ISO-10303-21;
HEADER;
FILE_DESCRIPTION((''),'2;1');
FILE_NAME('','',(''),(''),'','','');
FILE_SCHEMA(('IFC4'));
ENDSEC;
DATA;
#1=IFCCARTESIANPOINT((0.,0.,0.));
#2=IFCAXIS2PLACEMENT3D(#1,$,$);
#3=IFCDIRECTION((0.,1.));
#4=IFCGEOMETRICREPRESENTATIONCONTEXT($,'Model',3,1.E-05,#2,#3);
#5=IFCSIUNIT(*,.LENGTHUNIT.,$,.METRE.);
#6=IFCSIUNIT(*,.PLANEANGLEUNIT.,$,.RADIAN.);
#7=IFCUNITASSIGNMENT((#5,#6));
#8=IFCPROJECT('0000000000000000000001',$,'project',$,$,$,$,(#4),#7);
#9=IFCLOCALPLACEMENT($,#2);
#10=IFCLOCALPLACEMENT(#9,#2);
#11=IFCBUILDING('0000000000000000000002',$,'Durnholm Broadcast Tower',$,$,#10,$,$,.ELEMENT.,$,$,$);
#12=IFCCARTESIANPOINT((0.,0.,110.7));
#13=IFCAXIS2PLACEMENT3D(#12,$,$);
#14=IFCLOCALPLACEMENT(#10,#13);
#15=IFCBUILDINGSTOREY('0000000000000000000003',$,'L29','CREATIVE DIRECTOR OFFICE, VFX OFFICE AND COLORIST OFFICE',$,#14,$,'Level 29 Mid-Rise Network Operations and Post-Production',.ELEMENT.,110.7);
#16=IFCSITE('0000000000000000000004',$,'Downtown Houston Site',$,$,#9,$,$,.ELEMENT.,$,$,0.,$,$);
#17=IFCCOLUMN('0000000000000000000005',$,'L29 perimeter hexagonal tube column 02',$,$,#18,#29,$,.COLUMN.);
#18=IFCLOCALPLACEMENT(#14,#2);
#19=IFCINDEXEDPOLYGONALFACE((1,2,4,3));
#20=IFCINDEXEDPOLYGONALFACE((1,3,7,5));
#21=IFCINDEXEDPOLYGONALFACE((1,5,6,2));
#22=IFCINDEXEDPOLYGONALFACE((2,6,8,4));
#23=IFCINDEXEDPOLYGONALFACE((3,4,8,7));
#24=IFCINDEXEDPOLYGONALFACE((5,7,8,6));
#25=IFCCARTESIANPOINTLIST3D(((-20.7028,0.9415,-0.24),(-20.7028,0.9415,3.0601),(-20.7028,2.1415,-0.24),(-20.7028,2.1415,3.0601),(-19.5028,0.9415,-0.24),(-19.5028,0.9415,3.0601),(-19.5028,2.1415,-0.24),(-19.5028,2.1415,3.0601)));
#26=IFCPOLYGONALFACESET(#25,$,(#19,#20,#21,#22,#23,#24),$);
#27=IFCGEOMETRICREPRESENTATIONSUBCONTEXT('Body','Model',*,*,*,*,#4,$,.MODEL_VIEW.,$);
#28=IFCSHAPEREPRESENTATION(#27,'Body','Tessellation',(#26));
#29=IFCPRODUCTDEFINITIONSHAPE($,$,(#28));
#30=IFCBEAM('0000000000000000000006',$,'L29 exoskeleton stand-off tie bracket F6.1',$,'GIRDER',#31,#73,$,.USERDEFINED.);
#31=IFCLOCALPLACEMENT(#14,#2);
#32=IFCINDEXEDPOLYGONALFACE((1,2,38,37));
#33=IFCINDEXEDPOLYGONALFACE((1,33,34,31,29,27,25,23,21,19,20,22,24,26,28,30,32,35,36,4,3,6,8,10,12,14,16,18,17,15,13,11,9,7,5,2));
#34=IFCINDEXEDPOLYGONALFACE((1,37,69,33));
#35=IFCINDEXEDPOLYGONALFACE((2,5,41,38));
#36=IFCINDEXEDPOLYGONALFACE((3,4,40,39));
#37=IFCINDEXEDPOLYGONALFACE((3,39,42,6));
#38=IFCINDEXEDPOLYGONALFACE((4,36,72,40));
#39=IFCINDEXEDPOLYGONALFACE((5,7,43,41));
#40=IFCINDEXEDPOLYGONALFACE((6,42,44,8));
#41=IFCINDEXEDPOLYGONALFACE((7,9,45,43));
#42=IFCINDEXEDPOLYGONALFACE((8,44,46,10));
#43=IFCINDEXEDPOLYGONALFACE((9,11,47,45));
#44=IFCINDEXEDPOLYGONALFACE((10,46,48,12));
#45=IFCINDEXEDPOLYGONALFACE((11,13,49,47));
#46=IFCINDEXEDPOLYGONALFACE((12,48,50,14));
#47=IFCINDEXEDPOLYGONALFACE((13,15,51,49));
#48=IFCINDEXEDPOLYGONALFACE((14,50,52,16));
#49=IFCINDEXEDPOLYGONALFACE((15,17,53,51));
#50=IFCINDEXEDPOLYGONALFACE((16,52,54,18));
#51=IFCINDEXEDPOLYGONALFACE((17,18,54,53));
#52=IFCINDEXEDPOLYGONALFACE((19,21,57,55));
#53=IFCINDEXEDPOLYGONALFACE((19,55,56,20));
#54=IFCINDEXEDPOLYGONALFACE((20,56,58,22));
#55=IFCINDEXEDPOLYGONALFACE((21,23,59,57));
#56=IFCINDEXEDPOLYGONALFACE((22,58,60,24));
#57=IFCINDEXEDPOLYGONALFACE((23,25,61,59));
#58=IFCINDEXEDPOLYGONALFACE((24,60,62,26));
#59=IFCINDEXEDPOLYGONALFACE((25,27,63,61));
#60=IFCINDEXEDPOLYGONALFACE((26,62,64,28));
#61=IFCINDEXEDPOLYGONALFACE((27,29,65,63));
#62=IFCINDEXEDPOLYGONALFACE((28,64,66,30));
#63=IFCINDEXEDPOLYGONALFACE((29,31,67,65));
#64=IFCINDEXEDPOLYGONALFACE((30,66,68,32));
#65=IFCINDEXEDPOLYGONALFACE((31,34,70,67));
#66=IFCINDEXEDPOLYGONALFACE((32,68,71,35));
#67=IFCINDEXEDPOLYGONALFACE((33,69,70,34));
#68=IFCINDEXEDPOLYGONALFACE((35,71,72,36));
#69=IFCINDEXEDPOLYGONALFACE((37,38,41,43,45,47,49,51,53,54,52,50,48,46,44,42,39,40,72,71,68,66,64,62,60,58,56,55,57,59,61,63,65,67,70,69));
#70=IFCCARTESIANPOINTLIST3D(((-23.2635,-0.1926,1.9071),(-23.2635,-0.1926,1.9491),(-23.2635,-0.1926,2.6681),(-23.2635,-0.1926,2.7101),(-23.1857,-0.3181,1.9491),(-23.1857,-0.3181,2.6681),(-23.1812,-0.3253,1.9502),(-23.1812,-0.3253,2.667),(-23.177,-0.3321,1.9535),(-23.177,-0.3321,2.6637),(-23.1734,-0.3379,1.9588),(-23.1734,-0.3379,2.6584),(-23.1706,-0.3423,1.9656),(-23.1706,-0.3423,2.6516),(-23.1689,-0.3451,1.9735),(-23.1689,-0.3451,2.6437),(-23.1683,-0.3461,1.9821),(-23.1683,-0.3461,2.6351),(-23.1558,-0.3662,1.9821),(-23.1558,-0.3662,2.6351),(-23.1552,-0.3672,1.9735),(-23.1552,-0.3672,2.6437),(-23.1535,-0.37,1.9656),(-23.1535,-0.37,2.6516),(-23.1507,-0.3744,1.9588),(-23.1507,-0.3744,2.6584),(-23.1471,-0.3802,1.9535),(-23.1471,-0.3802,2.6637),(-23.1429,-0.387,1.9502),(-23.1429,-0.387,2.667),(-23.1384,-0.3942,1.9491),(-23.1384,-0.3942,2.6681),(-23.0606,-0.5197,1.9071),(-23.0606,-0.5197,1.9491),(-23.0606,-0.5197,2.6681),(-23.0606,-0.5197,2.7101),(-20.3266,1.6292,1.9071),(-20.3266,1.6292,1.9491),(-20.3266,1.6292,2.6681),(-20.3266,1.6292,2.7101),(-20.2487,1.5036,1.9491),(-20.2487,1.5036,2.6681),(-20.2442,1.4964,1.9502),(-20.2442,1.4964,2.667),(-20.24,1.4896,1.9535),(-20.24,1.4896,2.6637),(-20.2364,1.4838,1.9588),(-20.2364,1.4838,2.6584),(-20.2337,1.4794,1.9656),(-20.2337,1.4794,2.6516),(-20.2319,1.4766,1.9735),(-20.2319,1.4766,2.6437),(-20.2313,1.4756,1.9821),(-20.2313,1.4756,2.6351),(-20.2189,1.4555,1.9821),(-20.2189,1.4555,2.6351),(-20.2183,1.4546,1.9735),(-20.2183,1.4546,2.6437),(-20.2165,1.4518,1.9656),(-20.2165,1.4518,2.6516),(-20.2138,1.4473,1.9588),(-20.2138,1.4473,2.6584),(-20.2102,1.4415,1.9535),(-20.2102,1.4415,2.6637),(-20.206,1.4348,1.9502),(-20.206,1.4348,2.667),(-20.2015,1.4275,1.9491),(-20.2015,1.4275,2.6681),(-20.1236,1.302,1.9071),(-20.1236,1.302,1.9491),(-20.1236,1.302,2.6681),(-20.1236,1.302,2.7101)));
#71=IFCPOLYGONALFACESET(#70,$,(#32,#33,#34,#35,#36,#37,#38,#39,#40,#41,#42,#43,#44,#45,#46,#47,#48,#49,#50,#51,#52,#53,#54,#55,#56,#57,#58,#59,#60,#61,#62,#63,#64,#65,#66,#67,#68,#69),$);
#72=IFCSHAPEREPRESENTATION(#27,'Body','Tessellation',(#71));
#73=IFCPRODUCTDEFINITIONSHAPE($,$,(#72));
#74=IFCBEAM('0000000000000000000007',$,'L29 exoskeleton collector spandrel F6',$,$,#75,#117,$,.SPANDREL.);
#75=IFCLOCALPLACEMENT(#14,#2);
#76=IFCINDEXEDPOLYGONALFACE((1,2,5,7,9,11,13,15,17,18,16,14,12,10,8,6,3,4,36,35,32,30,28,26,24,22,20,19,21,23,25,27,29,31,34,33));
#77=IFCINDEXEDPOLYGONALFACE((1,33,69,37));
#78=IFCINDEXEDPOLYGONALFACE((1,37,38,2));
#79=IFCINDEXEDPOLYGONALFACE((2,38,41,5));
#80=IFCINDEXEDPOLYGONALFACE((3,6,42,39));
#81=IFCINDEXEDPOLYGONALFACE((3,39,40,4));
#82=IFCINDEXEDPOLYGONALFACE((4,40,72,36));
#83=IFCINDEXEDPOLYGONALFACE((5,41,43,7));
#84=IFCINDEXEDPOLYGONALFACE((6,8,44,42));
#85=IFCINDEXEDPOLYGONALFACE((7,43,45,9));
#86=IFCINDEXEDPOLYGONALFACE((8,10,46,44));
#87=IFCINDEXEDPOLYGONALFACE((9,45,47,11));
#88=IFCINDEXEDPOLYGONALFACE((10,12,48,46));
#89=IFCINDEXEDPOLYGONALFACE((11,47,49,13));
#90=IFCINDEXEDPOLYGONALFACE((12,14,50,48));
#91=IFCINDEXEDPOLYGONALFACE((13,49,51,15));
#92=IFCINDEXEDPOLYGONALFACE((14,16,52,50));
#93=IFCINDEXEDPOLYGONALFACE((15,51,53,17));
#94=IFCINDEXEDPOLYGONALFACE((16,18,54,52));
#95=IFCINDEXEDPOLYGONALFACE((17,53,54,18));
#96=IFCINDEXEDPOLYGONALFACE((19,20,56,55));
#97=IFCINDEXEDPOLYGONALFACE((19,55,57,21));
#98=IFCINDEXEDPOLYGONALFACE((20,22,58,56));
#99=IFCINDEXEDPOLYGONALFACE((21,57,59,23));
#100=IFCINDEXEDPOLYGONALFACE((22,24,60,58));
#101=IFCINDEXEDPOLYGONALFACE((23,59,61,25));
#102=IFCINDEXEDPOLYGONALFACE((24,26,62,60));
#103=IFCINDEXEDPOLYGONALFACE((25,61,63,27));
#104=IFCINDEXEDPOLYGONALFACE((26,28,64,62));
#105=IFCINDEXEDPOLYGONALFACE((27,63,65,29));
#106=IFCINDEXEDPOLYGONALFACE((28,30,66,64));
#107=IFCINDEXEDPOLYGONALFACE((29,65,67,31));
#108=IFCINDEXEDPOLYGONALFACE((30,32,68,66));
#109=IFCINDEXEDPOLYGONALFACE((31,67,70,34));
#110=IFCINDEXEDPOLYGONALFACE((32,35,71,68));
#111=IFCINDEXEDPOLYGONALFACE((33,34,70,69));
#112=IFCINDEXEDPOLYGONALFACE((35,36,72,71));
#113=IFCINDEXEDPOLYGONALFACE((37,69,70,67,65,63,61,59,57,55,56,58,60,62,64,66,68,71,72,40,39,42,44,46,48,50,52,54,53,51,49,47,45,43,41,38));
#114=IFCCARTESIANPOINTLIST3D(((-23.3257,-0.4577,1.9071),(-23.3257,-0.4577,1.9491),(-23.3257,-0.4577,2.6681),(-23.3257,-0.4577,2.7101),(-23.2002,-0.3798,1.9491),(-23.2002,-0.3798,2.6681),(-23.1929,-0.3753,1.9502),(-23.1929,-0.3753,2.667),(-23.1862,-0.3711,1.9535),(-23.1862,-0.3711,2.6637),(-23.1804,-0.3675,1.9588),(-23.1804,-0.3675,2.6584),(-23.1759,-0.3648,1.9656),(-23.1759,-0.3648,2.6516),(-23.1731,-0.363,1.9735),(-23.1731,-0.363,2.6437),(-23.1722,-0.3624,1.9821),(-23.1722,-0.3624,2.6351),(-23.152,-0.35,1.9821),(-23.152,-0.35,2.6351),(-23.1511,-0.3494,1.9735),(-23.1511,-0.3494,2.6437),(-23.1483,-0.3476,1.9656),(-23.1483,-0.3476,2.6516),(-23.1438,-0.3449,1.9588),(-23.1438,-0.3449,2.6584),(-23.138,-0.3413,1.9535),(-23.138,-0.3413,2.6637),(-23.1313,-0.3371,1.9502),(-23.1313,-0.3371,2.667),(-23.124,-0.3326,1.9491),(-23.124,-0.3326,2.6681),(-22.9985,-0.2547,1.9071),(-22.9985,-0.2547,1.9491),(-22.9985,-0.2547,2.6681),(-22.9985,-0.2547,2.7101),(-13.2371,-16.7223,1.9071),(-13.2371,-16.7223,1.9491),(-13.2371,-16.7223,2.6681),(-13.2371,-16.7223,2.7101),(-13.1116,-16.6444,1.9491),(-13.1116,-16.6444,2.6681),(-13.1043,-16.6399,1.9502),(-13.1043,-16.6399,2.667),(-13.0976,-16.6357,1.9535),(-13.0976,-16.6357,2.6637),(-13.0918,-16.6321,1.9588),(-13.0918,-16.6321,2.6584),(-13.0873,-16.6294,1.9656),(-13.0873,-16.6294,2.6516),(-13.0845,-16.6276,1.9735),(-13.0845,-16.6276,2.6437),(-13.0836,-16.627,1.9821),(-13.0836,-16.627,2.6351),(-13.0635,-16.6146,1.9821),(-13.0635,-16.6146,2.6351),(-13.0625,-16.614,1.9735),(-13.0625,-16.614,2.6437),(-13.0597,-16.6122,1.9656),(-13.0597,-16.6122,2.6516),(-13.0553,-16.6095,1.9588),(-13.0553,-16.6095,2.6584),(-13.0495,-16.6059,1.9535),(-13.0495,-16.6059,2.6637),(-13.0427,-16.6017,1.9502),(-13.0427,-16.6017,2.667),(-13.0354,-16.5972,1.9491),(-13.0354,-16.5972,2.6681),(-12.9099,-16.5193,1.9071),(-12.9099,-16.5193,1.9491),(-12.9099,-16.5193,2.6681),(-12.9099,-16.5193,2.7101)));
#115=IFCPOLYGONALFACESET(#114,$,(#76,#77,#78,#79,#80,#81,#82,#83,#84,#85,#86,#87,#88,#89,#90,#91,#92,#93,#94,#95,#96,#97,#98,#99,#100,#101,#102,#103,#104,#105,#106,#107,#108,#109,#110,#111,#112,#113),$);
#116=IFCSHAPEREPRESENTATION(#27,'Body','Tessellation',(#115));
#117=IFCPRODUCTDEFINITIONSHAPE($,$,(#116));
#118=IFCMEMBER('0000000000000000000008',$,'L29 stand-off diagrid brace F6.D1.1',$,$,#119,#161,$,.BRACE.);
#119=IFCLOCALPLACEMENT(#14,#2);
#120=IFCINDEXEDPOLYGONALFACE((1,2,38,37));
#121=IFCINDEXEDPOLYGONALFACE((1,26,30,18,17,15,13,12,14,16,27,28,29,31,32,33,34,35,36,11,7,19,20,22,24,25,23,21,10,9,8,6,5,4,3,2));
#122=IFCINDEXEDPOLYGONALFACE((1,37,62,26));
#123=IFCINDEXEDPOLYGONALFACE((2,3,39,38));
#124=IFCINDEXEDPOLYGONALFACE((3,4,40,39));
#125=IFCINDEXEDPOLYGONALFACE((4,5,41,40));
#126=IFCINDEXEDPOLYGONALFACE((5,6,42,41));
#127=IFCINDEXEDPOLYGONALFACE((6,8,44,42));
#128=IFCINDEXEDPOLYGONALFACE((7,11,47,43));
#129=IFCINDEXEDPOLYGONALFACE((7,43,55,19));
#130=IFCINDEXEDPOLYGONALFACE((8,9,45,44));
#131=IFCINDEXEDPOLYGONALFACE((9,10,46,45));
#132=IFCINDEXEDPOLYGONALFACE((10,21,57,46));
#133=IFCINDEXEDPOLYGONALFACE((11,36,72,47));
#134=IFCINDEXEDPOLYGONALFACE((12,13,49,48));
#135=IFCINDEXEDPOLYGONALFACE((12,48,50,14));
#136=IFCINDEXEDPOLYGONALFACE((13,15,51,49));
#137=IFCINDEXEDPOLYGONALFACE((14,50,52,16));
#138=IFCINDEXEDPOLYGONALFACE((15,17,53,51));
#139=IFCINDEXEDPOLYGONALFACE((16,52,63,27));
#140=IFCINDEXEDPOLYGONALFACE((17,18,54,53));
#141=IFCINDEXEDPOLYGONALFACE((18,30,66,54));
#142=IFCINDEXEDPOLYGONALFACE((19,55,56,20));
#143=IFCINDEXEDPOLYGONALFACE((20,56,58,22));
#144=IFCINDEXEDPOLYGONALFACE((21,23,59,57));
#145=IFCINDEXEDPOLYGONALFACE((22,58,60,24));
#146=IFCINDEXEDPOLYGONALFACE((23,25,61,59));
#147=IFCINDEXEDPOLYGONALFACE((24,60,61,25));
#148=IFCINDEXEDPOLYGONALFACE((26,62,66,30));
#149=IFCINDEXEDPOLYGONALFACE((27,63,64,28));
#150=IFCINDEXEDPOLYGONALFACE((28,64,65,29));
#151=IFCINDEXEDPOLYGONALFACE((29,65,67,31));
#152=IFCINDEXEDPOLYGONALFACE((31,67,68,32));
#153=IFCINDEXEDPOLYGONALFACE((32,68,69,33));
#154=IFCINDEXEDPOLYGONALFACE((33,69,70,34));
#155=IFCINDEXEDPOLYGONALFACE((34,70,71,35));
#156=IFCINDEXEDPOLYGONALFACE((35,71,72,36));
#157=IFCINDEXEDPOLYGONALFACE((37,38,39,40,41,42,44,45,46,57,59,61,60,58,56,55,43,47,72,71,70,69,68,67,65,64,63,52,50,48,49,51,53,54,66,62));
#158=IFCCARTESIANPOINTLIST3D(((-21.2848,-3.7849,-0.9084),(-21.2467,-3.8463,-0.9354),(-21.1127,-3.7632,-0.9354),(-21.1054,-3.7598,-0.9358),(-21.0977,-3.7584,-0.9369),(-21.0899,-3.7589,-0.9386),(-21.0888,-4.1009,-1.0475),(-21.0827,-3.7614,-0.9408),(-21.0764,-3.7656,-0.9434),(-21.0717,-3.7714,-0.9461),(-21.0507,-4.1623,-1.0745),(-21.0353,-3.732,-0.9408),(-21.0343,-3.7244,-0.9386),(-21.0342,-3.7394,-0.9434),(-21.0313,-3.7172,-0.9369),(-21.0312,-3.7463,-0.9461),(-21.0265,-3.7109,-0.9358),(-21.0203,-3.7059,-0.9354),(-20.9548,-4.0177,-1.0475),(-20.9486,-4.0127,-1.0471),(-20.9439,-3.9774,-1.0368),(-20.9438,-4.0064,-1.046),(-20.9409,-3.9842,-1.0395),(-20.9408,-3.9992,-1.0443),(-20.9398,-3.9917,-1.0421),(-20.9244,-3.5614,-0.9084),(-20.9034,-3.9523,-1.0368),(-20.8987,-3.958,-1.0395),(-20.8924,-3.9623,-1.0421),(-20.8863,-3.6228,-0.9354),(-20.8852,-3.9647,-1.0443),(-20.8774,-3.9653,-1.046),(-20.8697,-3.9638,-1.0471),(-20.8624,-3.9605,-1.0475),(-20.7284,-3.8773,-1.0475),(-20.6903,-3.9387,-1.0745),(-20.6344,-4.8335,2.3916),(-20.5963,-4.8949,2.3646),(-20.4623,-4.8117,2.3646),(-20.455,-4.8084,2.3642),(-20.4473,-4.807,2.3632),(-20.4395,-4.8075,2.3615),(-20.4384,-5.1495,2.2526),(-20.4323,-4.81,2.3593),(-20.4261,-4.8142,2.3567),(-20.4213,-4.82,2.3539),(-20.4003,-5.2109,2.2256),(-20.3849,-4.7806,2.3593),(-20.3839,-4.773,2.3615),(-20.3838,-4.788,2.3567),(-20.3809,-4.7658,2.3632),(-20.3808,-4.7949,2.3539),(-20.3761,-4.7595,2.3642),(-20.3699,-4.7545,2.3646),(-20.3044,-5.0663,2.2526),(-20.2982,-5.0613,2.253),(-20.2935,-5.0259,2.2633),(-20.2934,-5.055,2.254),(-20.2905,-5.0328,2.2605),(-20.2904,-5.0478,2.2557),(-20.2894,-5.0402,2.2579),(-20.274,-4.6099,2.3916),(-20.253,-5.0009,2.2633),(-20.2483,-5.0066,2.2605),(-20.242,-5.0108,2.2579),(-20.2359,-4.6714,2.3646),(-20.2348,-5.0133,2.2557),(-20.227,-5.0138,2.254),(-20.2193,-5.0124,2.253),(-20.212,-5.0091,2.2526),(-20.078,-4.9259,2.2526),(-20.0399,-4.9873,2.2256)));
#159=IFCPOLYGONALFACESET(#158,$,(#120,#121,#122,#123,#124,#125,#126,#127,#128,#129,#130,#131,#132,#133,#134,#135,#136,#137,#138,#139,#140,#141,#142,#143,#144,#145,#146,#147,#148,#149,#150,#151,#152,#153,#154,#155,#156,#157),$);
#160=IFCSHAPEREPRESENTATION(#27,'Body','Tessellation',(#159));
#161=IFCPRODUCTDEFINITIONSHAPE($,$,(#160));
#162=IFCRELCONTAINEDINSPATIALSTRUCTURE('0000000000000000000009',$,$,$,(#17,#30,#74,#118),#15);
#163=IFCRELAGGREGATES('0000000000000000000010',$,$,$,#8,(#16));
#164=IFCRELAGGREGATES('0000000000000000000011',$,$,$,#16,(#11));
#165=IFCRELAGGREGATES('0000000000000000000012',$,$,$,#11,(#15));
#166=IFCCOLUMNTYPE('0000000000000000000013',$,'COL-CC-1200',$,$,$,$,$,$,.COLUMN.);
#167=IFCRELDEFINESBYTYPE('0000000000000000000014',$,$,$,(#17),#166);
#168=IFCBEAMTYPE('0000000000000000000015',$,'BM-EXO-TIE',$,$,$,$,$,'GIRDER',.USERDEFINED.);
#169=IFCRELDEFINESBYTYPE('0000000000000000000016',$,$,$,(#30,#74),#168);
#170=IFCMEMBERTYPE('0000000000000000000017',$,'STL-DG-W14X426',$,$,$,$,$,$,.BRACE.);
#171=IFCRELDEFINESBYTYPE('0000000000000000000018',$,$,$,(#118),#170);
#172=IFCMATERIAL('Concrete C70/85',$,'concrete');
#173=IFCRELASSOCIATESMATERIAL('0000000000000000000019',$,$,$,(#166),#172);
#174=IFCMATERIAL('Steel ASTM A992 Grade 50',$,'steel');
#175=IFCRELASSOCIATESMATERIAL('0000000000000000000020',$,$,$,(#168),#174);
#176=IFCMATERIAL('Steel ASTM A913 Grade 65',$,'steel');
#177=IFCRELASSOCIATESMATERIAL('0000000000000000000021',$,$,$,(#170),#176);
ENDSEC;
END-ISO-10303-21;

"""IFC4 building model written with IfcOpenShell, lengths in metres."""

from ifc_helpers import new_model, si_unit, direction, frame, origin, origin_2d, place, context, subcontext, project, spatial, rectangle, i_section, extrude, source, transform, mapped, material, material_profile, profile_set, type_object, type_shapes, element, save


model = new_model("IFC4")

# Units and contexts
model_context = context("Model", 3, precision=1e-05, world=origin(), true_north=direction((0.0, 1.0)))
body_context = subcontext(model_context, "Body", "Model", "MODEL_VIEW")
ifc_project = project(units=[si_unit("LENGTHUNIT", "METRE"), si_unit("PLANEANGLEUNIT", "RADIAN")], contexts=[model_context])

# Site, building, storey
site_placement = place(None, origin())
site = spatial("IfcSite", under=ifc_project, at=site_placement, Name="Downtown Houston Site", CompositionType="ELEMENT", RefElevation=0.0)
building_placement = place(site_placement, origin())
building = spatial("IfcBuilding", under=site, at=building_placement, Name="Durnholm Broadcast Tower", CompositionType="ELEMENT")
storey_placement = place(building_placement, frame((0.0, 0.0, 110.7)))
storey = spatial("IfcBuildingStorey", under=building, at=storey_placement, Name="L29", Description="CREATIVE DIRECTOR OFFICE, VFX OFFICE AND COLORIST OFFICE", LongName="Level 29 Mid-Rise Network Operations and Post-Production", CompositionType="ELEMENT", Elevation=110.7)

# Column
ifc_material_1 = material(Name="Concrete C70/85", Category="concrete")
ifc_material_profile_1 = material_profile(ifc_material_1, rectangle(XDim=1.2, YDim=1.2, at=origin_2d()), Name="RC1200X1200")
ifc_profile_set_1 = profile_set([ifc_material_profile_1], Name="Concrete C70/85")
column_type = type_object("IfcColumnType", Name="COL-CC-1200", PredefinedType="COLUMN", material=ifc_profile_set_1)
shared_shape_1 = source(origin(), body_context, "Body", "SweptSolid", [
    extrude(rectangle(XDim=1.2, YDim=1.2, at=origin_2d()), origin(), (0.0, 0.0, 1.0), 3.3),
])
type_shapes(column_type, [shared_shape_1])
column_placement = place(storey_placement, frame((-20.1028, 1.5415, -0.24), z_axis=(0.0, 0.0, 1.0), x_axis=(1.0, 0.0, 0.0)))
element("IfcColumn", 1, at=column_placement, inside=storey, type_object=column_type, Name="L29 perimeter hexagonal tube column 02", PredefinedType="COLUMN", context=body_context, shape_type="MappedRepresentation", body=[
    mapped(shared_shape_1, transform((0.0, 0.0, 0.0), x_axis=(1.0, 0.0, 0.0), y_axis=(0.0, 1.0, 0.0), z_axis=(0.0, 0.0, 1.0), scale=1.0)),
])

# Beams
ifc_material_2 = material(Name="Steel ASTM A992 Grade 50", Category="steel")
ifc_material_profile_2 = material_profile(ifc_material_2, i_section(OverallWidth=0.385, OverallDepth=0.803, WebThickness=0.0237, FlangeThickness=0.042, FilletRadius=0.033, at=origin_2d()), Name="W30X261")
ifc_profile_set_2 = profile_set([ifc_material_profile_2], Name="Steel ASTM A992 Grade 50")
beam_type = type_object("IfcBeamType", Name="BM-EXO-TIE", ElementType="GIRDER", PredefinedType="USERDEFINED", material=ifc_profile_set_2)
shared_shape_2 = source(origin(), body_context, "Body", "SweptSolid", [
    extrude(i_section(OverallWidth=0.385, OverallDepth=0.803, WebThickness=0.0237, FlangeThickness=0.042, FilletRadius=0.033, at=origin_2d()), origin(), (0.0, 0.0, 1.0), 3.4561),
])
beam_1_placement = place(storey_placement, frame((-20.2251, 1.4656, 2.3086), z_axis=(-0.849795, -0.527113, 0.0), x_axis=(0.527113, -0.849795, 0.0)))
element("IfcBeam", 2, at=beam_1_placement, inside=storey, type_object=beam_type, Name="L29 exoskeleton stand-off tie bracket F6.1", ObjectType="GIRDER", PredefinedType="USERDEFINED", context=body_context, shape_type="MappedRepresentation", body=[
    mapped(shared_shape_2, transform((0.0, 0.0, 0.0), x_axis=(1.0, 0.0, 0.0), y_axis=(0.0, 1.0, 0.0), z_axis=(0.0, 0.0, 1.0), scale=1.0)),
])
shared_shape_3 = source(origin(), body_context, "Body", "SweptSolid", [
    extrude(i_section(OverallWidth=0.385, OverallDepth=0.803, WebThickness=0.0237, FlangeThickness=0.042, FilletRadius=0.033, at=origin_2d()), origin(), (0.0, 0.0, 1.0), 19.1394),
])
type_shapes(beam_type, [shared_shape_2, shared_shape_3])
beam_2_placement = place(storey_placement, frame((-23.1621, -0.3562, 2.3086), z_axis=(0.527111, -0.849796, 0.0), x_axis=(0.849796, 0.527111, 0.0)))
element("IfcBeam", 3, at=beam_2_placement, inside=storey, type_object=beam_type, Name="L29 exoskeleton collector spandrel F6", PredefinedType="SPANDREL", context=body_context, shape_type="MappedRepresentation", body=[
    mapped(shared_shape_3, transform((0.0, 0.0, 0.0), x_axis=(1.0, 0.0, 0.0), y_axis=(0.0, 1.0, 0.0), z_axis=(0.0, 0.0, 1.0), scale=1.0)),
])

# Member
ifc_material_3 = material(Name="Steel ASTM A913 Grade 65", Category="steel")
ifc_material_profile_3 = material_profile(ifc_material_3, i_section(OverallWidth=0.4241, OverallDepth=0.4741, WebThickness=0.0476, FlangeThickness=0.0771, FilletRadius=0.0305, at=origin_2d()), Name="W14X426")
ifc_profile_set_3 = profile_set([ifc_material_profile_3], Name="Steel ASTM A913 Grade 65")
member_type_1 = type_object("IfcMemberType", Name="STL-DG-W14X426", PredefinedType="BRACE", material=ifc_profile_set_3)
shared_shape_4 = source(origin(), body_context, "Body", "SweptSolid", [
    extrude(i_section(OverallWidth=0.4241, OverallDepth=0.4741, WebThickness=0.0476, FlangeThickness=0.0771, FilletRadius=0.0305, at=origin_2d()), origin(), (0.0, 0.0, 1.0), 3.5232),
])
type_shapes(member_type_1, [shared_shape_4])
for number, where, z_axis, x_axis, name in (
    (4, (-20.9875, -3.8618, -0.9915), (0.184603, -0.297624, 0.936665), (0.849805, 0.527097, 0.0), "L29 stand-off diagrid brace F6.D1.1"),
):
    element("IfcMember", number, at=place(storey_placement, frame(where, z_axis=z_axis, x_axis=x_axis)), inside=storey, type_object=member_type_1, Name=name, PredefinedType="BRACE", context=body_context, shape_type="MappedRepresentation", body=[
        mapped(shared_shape_4, transform((0.0, 0.0, 0.0), x_axis=(1.0, 0.0, 0.0), y_axis=(0.0, 1.0, 0.0), z_axis=(0.0, 0.0, 1.0), scale=1.0)),
    ])

save(model, "model.ifc")
